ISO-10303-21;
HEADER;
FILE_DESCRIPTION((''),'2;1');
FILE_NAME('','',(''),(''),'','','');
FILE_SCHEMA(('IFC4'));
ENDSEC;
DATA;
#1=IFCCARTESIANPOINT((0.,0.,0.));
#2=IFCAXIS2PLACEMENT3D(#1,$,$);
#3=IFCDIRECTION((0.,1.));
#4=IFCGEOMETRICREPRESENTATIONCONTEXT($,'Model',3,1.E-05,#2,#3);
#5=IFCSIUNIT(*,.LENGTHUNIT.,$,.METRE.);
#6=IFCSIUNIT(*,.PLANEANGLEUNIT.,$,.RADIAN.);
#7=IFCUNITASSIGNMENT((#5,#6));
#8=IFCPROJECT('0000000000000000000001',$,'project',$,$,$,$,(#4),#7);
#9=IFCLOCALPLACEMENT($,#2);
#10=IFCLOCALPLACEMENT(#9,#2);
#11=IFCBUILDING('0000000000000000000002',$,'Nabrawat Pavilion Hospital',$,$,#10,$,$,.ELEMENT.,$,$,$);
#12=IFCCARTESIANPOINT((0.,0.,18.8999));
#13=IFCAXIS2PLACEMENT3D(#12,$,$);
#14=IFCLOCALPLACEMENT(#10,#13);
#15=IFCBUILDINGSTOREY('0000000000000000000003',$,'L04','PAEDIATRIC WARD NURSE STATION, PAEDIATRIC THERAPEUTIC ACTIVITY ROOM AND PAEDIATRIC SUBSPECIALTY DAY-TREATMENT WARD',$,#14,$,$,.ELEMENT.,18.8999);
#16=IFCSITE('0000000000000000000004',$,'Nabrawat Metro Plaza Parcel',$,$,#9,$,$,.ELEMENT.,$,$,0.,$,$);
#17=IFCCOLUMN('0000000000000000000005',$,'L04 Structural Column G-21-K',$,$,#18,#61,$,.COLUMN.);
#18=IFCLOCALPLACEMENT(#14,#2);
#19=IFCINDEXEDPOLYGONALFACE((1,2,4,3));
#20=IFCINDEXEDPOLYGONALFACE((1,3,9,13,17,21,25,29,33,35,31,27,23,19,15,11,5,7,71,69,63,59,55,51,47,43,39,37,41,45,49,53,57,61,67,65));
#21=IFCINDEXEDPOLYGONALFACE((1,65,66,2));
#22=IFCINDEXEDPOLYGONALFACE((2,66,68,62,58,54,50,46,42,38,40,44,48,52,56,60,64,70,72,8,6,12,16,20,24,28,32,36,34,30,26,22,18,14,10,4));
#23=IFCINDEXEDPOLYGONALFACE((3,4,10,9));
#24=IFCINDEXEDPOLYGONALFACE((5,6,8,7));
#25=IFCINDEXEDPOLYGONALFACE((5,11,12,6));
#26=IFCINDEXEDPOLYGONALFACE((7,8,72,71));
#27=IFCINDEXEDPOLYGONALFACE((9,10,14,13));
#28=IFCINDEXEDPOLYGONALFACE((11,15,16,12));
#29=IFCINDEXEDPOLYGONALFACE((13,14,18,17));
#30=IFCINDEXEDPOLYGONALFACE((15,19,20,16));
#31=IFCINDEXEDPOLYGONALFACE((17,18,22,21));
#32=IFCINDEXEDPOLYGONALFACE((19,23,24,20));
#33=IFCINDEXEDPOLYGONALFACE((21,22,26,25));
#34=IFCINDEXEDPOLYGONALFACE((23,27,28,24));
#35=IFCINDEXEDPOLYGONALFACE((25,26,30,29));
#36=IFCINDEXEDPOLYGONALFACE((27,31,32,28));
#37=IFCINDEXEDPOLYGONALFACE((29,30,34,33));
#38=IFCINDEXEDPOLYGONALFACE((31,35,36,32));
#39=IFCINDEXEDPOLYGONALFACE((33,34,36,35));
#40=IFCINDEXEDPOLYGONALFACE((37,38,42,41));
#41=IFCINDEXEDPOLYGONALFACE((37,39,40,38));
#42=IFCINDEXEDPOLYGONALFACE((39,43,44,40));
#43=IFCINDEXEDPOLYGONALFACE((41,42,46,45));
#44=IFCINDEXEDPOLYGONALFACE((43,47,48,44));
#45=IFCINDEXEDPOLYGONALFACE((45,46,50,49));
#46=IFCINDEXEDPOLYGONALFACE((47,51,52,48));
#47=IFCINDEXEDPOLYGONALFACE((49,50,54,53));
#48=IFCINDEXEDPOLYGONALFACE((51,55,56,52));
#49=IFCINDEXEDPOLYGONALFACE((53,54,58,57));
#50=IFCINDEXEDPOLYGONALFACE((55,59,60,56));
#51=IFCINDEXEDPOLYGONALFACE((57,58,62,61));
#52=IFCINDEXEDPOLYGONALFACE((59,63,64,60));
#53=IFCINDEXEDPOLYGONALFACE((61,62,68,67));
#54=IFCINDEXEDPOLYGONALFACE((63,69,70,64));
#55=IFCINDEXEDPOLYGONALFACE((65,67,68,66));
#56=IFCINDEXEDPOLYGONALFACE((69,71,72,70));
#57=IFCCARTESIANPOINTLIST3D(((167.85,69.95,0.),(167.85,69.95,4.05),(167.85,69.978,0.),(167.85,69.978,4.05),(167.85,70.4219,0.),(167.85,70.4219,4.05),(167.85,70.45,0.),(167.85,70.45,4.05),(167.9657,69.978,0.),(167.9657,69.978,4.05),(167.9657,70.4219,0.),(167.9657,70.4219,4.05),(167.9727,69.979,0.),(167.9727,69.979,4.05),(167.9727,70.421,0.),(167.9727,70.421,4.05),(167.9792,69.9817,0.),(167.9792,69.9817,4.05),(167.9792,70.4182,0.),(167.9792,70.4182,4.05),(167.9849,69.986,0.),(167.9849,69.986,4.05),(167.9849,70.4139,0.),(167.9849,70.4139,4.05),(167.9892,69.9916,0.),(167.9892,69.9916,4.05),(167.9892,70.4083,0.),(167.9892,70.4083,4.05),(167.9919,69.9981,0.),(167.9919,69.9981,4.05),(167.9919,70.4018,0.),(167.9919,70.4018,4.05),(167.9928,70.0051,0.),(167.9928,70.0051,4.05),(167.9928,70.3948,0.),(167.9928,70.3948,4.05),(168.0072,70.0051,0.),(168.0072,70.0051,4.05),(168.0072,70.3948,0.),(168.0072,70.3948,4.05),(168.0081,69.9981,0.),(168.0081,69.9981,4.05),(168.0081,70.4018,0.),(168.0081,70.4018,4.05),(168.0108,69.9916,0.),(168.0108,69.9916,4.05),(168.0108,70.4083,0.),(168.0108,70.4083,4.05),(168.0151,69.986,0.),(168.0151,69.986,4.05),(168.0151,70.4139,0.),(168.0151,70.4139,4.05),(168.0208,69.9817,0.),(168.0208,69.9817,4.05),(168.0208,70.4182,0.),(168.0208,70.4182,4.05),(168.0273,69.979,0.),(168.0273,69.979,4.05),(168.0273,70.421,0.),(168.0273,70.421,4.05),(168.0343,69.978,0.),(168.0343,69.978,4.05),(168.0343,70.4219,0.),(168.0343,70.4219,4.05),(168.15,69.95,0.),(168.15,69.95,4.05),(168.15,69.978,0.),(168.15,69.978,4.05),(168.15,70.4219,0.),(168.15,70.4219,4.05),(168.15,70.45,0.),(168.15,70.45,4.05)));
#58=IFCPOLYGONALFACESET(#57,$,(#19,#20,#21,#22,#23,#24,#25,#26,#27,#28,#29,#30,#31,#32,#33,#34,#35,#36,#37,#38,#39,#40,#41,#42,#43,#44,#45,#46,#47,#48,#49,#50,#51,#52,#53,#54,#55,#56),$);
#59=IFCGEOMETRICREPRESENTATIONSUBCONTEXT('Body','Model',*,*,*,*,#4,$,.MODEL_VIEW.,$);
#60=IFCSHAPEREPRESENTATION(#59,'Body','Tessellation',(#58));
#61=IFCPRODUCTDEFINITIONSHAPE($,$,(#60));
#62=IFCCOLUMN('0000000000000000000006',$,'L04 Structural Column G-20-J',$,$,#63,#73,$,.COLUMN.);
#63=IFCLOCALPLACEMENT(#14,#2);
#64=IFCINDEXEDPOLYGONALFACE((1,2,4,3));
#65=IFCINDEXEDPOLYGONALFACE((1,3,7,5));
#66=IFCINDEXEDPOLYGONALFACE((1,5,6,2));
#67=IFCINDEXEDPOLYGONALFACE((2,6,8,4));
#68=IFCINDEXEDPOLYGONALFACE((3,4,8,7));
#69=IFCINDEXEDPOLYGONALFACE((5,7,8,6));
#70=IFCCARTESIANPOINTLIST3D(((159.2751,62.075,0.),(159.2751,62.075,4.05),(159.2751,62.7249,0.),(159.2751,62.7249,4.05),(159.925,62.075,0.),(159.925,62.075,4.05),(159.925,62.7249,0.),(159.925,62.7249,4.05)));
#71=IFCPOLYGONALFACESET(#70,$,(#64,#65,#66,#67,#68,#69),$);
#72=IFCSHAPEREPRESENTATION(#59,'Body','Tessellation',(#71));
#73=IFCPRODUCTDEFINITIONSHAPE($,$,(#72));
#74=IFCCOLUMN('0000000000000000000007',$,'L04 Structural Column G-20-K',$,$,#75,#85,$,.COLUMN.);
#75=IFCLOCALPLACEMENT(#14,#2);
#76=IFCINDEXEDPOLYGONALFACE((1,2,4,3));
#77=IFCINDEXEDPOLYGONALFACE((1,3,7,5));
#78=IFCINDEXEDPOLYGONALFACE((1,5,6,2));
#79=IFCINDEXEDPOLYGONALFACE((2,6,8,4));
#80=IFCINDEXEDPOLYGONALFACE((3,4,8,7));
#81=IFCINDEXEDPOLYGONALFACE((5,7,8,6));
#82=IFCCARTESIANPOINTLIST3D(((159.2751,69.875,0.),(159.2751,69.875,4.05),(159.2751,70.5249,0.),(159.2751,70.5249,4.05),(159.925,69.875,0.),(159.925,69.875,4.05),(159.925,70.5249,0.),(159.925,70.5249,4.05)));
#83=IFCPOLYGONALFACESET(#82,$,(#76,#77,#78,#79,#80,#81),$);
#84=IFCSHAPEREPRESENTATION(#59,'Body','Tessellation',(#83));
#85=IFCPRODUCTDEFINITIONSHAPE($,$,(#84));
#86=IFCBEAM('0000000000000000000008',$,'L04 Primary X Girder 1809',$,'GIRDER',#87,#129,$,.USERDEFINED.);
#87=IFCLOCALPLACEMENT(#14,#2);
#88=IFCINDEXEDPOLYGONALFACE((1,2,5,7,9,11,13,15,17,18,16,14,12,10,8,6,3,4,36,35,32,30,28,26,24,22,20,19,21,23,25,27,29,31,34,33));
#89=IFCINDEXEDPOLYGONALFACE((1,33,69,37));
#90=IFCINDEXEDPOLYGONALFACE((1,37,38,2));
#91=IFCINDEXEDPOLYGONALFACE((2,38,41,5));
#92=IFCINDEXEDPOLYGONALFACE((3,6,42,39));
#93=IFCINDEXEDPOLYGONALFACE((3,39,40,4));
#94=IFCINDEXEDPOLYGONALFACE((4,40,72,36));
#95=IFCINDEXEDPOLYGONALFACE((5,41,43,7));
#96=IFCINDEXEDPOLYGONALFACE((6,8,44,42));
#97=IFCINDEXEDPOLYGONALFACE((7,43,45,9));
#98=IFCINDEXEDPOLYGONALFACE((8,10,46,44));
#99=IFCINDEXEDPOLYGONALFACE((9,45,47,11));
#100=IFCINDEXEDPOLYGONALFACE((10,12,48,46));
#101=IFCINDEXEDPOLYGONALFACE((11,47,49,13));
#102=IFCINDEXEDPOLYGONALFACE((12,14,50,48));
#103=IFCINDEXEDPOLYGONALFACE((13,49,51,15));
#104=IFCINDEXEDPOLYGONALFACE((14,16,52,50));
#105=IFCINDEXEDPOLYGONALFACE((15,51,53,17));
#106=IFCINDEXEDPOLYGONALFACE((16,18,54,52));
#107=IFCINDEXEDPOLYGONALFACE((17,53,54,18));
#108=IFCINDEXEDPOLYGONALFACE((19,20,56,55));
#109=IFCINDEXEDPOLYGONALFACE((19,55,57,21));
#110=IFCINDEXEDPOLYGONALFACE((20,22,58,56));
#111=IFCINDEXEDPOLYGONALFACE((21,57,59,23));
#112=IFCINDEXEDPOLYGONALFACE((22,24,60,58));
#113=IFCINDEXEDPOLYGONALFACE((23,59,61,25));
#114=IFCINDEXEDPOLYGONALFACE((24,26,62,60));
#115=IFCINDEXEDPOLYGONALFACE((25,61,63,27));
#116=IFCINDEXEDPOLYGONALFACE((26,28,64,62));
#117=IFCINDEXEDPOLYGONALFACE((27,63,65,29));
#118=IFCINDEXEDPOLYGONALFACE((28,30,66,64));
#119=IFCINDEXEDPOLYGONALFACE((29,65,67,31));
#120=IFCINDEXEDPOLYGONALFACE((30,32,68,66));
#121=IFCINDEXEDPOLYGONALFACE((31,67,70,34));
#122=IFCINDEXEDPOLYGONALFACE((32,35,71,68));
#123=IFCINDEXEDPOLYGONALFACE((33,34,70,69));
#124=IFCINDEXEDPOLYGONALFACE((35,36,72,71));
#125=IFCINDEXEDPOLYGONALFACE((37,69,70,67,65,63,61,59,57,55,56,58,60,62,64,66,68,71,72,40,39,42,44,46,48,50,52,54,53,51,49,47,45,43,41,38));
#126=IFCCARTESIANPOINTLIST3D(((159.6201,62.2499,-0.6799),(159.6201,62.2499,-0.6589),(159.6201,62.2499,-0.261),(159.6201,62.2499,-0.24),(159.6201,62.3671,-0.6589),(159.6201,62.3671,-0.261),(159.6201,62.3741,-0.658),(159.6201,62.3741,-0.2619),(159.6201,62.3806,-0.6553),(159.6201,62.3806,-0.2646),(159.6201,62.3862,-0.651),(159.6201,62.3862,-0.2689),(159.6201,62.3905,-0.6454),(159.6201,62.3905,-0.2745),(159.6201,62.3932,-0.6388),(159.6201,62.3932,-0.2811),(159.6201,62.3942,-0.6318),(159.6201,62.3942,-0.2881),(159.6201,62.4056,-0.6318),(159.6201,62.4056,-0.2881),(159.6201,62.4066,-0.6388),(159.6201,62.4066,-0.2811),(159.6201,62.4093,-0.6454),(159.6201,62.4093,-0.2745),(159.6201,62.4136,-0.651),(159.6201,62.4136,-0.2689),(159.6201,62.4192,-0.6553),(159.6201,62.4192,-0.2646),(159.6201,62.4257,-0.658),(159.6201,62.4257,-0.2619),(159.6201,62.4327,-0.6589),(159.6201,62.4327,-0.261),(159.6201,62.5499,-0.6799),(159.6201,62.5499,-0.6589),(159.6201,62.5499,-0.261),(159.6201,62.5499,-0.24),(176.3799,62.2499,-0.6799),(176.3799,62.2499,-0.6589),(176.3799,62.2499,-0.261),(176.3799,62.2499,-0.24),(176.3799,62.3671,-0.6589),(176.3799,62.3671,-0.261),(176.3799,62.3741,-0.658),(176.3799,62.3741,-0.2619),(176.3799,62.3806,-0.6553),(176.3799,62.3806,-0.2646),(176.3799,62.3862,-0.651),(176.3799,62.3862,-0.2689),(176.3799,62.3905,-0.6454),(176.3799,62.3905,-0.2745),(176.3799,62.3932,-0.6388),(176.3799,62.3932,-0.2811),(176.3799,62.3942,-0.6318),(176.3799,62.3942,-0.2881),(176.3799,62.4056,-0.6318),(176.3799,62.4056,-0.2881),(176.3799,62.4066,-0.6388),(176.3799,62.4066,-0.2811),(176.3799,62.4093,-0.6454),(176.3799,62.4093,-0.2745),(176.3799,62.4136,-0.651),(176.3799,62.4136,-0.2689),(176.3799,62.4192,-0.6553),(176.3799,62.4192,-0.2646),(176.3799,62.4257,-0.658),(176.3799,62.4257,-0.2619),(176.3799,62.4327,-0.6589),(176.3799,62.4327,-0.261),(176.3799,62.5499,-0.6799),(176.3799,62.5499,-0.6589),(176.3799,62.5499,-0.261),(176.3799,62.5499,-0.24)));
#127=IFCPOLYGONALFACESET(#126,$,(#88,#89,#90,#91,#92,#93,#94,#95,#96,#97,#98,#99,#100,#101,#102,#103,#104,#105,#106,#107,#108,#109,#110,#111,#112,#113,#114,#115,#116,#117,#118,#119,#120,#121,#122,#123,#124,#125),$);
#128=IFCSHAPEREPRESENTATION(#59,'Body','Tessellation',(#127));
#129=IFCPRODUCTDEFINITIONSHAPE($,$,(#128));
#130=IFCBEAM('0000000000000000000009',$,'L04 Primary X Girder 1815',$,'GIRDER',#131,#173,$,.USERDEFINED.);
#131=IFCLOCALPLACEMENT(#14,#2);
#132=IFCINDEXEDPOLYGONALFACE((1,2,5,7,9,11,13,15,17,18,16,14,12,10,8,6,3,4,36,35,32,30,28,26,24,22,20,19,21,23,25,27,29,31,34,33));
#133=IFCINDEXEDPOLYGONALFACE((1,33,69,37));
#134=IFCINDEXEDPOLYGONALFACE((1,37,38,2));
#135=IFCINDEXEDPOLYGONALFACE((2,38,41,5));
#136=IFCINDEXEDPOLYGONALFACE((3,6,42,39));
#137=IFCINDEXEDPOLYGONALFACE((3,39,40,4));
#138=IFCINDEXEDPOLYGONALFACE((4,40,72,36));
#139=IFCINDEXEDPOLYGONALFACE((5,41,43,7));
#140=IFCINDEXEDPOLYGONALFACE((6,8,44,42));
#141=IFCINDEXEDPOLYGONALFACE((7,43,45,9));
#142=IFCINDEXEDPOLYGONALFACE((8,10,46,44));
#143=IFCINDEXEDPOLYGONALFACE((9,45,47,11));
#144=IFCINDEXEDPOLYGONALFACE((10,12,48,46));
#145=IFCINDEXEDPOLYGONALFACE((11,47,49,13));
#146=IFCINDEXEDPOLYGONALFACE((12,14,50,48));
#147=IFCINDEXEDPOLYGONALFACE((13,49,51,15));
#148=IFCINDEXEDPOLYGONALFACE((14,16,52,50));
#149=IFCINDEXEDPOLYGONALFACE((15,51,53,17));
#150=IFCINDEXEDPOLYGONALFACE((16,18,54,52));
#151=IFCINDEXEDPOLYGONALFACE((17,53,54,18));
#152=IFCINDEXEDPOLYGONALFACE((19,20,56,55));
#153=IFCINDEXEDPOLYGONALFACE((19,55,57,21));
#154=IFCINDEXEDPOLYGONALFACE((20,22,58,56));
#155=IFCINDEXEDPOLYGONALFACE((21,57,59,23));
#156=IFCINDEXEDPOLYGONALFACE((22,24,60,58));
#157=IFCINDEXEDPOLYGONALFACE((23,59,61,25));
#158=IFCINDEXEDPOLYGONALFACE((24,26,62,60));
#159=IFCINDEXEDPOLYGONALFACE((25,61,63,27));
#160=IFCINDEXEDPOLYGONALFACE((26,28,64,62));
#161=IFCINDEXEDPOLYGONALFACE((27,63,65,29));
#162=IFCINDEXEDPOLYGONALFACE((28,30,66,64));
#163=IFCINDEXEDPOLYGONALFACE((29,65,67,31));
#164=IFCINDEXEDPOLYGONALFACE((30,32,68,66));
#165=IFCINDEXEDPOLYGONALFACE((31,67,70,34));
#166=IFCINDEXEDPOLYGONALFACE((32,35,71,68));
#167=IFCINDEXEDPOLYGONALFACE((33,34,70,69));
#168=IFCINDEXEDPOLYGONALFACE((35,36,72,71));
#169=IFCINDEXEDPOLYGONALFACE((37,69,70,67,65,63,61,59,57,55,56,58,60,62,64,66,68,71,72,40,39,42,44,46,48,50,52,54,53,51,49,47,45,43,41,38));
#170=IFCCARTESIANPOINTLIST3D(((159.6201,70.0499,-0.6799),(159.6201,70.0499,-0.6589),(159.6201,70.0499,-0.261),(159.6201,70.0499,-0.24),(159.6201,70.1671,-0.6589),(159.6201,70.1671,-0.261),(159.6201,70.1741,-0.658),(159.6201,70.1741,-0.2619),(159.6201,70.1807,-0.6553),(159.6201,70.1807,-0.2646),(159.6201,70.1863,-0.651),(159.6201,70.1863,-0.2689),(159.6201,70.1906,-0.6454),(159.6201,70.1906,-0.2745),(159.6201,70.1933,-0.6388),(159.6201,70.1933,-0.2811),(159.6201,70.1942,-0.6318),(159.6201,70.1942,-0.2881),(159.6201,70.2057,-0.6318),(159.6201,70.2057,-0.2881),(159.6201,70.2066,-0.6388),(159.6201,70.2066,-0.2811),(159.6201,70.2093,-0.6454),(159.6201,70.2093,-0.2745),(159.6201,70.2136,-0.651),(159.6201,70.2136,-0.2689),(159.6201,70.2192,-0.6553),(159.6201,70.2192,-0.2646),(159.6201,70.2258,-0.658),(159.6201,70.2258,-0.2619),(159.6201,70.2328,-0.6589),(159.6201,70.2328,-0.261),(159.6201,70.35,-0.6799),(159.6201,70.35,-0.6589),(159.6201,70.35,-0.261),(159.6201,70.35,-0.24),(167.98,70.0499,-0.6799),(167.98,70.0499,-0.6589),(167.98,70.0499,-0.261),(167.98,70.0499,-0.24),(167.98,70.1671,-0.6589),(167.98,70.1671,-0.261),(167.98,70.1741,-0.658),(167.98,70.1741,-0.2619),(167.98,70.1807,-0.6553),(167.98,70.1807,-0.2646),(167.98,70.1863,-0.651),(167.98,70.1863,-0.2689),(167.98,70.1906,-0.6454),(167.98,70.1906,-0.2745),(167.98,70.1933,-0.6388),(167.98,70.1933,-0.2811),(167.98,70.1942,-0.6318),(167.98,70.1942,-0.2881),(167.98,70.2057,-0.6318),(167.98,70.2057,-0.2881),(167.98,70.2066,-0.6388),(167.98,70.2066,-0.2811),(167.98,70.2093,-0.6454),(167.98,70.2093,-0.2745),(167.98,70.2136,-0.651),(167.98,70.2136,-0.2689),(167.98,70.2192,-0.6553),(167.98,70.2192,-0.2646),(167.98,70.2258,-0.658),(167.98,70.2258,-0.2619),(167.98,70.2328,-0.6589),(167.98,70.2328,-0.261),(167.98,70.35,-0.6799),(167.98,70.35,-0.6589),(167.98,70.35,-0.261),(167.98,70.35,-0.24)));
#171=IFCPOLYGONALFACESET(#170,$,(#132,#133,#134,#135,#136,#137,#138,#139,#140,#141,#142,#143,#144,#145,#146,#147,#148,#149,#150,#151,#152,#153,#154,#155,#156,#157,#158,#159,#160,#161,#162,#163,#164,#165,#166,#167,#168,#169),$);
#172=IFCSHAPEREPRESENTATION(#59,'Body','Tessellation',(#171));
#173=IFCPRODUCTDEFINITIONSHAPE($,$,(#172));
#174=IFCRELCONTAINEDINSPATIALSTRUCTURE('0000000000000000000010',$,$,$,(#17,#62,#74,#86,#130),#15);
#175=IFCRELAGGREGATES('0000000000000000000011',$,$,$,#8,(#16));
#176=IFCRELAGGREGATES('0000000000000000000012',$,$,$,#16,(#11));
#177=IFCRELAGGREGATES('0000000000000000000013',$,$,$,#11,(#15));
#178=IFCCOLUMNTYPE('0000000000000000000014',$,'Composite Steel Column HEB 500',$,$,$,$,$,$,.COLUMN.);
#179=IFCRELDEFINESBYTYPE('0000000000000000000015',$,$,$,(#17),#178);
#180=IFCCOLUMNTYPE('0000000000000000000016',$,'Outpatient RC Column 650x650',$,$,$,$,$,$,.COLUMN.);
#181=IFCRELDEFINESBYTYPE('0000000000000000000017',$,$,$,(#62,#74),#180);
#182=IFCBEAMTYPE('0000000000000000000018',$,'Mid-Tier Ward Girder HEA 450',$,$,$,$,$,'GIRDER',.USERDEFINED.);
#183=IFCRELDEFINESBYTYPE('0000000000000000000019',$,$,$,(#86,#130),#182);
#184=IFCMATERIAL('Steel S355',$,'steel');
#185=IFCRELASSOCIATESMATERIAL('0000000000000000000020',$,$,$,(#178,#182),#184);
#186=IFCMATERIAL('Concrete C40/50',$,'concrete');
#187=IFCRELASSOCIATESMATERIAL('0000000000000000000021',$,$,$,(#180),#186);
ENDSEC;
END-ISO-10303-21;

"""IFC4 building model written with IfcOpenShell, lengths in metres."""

from ifc_helpers import new_model, si_unit, direction, frame, origin, origin_2d, place, context, subcontext, project, spatial, rectangle, i_section, extrude, material, material_profile, profile_set, type_object, element, save


model = new_model("IFC4")

# Units and contexts
model_context = context("Model", 3, precision=1e-05, world=origin(), true_north=direction((0.0, 1.0)))
body_context = subcontext(model_context, "Body", "Model", "MODEL_VIEW")
ifc_project = project(units=[si_unit("LENGTHUNIT", "METRE"), si_unit("PLANEANGLEUNIT", "RADIAN")], contexts=[model_context])

# Site, building, storey
site_placement = place(None, origin())
site = spatial("IfcSite", under=ifc_project, at=site_placement, Name="Nabrawat Metro Plaza Parcel", CompositionType="ELEMENT", RefElevation=0.0)
building_placement = place(site_placement, origin())
building = spatial("IfcBuilding", under=site, at=building_placement, Name="Nabrawat Pavilion Hospital", CompositionType="ELEMENT")
storey_placement = place(building_placement, frame((0.0, 0.0, 18.8999)))
storey = spatial("IfcBuildingStorey", under=building, at=storey_placement, Name="L04", Description="PAEDIATRIC WARD NURSE STATION, PAEDIATRIC THERAPEUTIC ACTIVITY ROOM AND PAEDIATRIC SUBSPECIALTY DAY-TREATMENT WARD", CompositionType="ELEMENT", Elevation=18.8999)

# Columns
ifc_material_1 = material(Name="Steel S355", Category="steel")
ifc_material_profile_1 = material_profile(ifc_material_1, i_section(OverallWidth=0.3, OverallDepth=0.5, WebThickness=0.0144, FlangeThickness=0.0281, FilletRadius=0.0271, at=origin_2d()), Name="HEB 500")
ifc_profile_set_1 = profile_set([ifc_material_profile_1], Name="Steel S355")
column_type_1 = type_object("IfcColumnType", Name="Composite Steel Column HEB 500", PredefinedType="COLUMN", material=ifc_profile_set_1)
column_placement = place(storey_placement, frame((168.0, 70.2, 0.0), z_axis=(0.0, 0.0, 1.0), x_axis=(1.0, 0.0, 0.0)))
element("IfcColumn", 1, at=column_placement, inside=storey, type_object=column_type_1, Name="L04 Structural Column G-21-K", PredefinedType="COLUMN", context=body_context, shape_type="SweptSolid", body=[
    extrude(i_section(OverallWidth=0.3, OverallDepth=0.5, WebThickness=0.0144, FlangeThickness=0.0281, FilletRadius=0.0271, at=origin_2d()), origin(), (0.0, 0.0, 1.0), 4.05),
])
ifc_material_2 = material(Name="Concrete C40/50", Category="concrete")
ifc_material_profile_2 = material_profile(ifc_material_2, rectangle(XDim=0.6499, YDim=0.6499, at=origin_2d()), Name="RC 650x650")
ifc_profile_set_2 = profile_set([ifc_material_profile_2], Name="Concrete C40/50")
column_type_2 = type_object("IfcColumnType", Name="Outpatient RC Column 650x650", PredefinedType="COLUMN", material=ifc_profile_set_2)
for number, where, z_axis, x_axis, name in (
    (2, (159.6001, 62.3999, 0.0), (0.0, 0.0, 1.0), (1.0, 0.0, 0.0), "L04 Structural Column G-20-J"),
    (3, (159.6001, 70.2, 0.0), (0.0, 0.0, 1.0), (1.0, 0.0, 0.0), "L04 Structural Column G-20-K"),
):
    element("IfcColumn", number, at=place(storey_placement, frame(where, z_axis=z_axis, x_axis=x_axis)), inside=storey, type_object=column_type_2, Name=name, PredefinedType="COLUMN", context=body_context, shape_type="SweptSolid", body=[
        extrude(rectangle(XDim=0.6499, YDim=0.6499, at=origin_2d()), origin(), (0.0, 0.0, 1.0), 4.05),
    ])

# Beams
ifc_material_profile_3 = material_profile(ifc_material_1, i_section(OverallWidth=0.3, OverallDepth=0.4399, WebThickness=0.0115, FlangeThickness=0.021, FilletRadius=0.0271, at=origin_2d()), Name="HEA 450")
ifc_profile_set_3 = profile_set([ifc_material_profile_3], Name="Steel S355")
beam_type_1 = type_object("IfcBeamType", Name="Mid-Tier Ward Girder HEA 450", ElementType="GIRDER", PredefinedType="USERDEFINED", material=ifc_profile_set_3)
beam_placement = place(storey_placement, frame((159.6201, 62.3999, -0.46), z_axis=(1.0, 0.0, 0.0), x_axis=(0.0, 1.0, 0.0)))
element("IfcBeam", 4, at=beam_placement, inside=storey, type_object=beam_type_1, Name="L04 Primary X Girder 1809", ObjectType="GIRDER", PredefinedType="USERDEFINED", context=body_context, shape_type="SweptSolid", body=[
    extrude(i_section(OverallWidth=0.3, OverallDepth=0.4399, WebThickness=0.0115, FlangeThickness=0.021, FilletRadius=0.0271, at=origin_2d()), origin(), (0.0, 0.0, 1.0), 16.7598),
])
for number, where, z_axis, x_axis, name in (
    (5, (159.6201, 70.2, -0.46), (1.0, 0.0, 0.0), (0.0, 1.0, 0.0), "L04 Primary X Girder 1815"),
):
    element("IfcBeam", number, at=place(storey_placement, frame(where, z_axis=z_axis, x_axis=x_axis)), inside=storey, type_object=beam_type_1, Name=name, ObjectType="GIRDER", PredefinedType="USERDEFINED", context=body_context, shape_type="SweptSolid", body=[
        extrude(i_section(OverallWidth=0.3, OverallDepth=0.4399, WebThickness=0.0115, FlangeThickness=0.021, FilletRadius=0.0271, at=origin_2d()), origin(), (0.0, 0.0, 1.0), 8.3599),
    ])

save(model, "model.ifc")
